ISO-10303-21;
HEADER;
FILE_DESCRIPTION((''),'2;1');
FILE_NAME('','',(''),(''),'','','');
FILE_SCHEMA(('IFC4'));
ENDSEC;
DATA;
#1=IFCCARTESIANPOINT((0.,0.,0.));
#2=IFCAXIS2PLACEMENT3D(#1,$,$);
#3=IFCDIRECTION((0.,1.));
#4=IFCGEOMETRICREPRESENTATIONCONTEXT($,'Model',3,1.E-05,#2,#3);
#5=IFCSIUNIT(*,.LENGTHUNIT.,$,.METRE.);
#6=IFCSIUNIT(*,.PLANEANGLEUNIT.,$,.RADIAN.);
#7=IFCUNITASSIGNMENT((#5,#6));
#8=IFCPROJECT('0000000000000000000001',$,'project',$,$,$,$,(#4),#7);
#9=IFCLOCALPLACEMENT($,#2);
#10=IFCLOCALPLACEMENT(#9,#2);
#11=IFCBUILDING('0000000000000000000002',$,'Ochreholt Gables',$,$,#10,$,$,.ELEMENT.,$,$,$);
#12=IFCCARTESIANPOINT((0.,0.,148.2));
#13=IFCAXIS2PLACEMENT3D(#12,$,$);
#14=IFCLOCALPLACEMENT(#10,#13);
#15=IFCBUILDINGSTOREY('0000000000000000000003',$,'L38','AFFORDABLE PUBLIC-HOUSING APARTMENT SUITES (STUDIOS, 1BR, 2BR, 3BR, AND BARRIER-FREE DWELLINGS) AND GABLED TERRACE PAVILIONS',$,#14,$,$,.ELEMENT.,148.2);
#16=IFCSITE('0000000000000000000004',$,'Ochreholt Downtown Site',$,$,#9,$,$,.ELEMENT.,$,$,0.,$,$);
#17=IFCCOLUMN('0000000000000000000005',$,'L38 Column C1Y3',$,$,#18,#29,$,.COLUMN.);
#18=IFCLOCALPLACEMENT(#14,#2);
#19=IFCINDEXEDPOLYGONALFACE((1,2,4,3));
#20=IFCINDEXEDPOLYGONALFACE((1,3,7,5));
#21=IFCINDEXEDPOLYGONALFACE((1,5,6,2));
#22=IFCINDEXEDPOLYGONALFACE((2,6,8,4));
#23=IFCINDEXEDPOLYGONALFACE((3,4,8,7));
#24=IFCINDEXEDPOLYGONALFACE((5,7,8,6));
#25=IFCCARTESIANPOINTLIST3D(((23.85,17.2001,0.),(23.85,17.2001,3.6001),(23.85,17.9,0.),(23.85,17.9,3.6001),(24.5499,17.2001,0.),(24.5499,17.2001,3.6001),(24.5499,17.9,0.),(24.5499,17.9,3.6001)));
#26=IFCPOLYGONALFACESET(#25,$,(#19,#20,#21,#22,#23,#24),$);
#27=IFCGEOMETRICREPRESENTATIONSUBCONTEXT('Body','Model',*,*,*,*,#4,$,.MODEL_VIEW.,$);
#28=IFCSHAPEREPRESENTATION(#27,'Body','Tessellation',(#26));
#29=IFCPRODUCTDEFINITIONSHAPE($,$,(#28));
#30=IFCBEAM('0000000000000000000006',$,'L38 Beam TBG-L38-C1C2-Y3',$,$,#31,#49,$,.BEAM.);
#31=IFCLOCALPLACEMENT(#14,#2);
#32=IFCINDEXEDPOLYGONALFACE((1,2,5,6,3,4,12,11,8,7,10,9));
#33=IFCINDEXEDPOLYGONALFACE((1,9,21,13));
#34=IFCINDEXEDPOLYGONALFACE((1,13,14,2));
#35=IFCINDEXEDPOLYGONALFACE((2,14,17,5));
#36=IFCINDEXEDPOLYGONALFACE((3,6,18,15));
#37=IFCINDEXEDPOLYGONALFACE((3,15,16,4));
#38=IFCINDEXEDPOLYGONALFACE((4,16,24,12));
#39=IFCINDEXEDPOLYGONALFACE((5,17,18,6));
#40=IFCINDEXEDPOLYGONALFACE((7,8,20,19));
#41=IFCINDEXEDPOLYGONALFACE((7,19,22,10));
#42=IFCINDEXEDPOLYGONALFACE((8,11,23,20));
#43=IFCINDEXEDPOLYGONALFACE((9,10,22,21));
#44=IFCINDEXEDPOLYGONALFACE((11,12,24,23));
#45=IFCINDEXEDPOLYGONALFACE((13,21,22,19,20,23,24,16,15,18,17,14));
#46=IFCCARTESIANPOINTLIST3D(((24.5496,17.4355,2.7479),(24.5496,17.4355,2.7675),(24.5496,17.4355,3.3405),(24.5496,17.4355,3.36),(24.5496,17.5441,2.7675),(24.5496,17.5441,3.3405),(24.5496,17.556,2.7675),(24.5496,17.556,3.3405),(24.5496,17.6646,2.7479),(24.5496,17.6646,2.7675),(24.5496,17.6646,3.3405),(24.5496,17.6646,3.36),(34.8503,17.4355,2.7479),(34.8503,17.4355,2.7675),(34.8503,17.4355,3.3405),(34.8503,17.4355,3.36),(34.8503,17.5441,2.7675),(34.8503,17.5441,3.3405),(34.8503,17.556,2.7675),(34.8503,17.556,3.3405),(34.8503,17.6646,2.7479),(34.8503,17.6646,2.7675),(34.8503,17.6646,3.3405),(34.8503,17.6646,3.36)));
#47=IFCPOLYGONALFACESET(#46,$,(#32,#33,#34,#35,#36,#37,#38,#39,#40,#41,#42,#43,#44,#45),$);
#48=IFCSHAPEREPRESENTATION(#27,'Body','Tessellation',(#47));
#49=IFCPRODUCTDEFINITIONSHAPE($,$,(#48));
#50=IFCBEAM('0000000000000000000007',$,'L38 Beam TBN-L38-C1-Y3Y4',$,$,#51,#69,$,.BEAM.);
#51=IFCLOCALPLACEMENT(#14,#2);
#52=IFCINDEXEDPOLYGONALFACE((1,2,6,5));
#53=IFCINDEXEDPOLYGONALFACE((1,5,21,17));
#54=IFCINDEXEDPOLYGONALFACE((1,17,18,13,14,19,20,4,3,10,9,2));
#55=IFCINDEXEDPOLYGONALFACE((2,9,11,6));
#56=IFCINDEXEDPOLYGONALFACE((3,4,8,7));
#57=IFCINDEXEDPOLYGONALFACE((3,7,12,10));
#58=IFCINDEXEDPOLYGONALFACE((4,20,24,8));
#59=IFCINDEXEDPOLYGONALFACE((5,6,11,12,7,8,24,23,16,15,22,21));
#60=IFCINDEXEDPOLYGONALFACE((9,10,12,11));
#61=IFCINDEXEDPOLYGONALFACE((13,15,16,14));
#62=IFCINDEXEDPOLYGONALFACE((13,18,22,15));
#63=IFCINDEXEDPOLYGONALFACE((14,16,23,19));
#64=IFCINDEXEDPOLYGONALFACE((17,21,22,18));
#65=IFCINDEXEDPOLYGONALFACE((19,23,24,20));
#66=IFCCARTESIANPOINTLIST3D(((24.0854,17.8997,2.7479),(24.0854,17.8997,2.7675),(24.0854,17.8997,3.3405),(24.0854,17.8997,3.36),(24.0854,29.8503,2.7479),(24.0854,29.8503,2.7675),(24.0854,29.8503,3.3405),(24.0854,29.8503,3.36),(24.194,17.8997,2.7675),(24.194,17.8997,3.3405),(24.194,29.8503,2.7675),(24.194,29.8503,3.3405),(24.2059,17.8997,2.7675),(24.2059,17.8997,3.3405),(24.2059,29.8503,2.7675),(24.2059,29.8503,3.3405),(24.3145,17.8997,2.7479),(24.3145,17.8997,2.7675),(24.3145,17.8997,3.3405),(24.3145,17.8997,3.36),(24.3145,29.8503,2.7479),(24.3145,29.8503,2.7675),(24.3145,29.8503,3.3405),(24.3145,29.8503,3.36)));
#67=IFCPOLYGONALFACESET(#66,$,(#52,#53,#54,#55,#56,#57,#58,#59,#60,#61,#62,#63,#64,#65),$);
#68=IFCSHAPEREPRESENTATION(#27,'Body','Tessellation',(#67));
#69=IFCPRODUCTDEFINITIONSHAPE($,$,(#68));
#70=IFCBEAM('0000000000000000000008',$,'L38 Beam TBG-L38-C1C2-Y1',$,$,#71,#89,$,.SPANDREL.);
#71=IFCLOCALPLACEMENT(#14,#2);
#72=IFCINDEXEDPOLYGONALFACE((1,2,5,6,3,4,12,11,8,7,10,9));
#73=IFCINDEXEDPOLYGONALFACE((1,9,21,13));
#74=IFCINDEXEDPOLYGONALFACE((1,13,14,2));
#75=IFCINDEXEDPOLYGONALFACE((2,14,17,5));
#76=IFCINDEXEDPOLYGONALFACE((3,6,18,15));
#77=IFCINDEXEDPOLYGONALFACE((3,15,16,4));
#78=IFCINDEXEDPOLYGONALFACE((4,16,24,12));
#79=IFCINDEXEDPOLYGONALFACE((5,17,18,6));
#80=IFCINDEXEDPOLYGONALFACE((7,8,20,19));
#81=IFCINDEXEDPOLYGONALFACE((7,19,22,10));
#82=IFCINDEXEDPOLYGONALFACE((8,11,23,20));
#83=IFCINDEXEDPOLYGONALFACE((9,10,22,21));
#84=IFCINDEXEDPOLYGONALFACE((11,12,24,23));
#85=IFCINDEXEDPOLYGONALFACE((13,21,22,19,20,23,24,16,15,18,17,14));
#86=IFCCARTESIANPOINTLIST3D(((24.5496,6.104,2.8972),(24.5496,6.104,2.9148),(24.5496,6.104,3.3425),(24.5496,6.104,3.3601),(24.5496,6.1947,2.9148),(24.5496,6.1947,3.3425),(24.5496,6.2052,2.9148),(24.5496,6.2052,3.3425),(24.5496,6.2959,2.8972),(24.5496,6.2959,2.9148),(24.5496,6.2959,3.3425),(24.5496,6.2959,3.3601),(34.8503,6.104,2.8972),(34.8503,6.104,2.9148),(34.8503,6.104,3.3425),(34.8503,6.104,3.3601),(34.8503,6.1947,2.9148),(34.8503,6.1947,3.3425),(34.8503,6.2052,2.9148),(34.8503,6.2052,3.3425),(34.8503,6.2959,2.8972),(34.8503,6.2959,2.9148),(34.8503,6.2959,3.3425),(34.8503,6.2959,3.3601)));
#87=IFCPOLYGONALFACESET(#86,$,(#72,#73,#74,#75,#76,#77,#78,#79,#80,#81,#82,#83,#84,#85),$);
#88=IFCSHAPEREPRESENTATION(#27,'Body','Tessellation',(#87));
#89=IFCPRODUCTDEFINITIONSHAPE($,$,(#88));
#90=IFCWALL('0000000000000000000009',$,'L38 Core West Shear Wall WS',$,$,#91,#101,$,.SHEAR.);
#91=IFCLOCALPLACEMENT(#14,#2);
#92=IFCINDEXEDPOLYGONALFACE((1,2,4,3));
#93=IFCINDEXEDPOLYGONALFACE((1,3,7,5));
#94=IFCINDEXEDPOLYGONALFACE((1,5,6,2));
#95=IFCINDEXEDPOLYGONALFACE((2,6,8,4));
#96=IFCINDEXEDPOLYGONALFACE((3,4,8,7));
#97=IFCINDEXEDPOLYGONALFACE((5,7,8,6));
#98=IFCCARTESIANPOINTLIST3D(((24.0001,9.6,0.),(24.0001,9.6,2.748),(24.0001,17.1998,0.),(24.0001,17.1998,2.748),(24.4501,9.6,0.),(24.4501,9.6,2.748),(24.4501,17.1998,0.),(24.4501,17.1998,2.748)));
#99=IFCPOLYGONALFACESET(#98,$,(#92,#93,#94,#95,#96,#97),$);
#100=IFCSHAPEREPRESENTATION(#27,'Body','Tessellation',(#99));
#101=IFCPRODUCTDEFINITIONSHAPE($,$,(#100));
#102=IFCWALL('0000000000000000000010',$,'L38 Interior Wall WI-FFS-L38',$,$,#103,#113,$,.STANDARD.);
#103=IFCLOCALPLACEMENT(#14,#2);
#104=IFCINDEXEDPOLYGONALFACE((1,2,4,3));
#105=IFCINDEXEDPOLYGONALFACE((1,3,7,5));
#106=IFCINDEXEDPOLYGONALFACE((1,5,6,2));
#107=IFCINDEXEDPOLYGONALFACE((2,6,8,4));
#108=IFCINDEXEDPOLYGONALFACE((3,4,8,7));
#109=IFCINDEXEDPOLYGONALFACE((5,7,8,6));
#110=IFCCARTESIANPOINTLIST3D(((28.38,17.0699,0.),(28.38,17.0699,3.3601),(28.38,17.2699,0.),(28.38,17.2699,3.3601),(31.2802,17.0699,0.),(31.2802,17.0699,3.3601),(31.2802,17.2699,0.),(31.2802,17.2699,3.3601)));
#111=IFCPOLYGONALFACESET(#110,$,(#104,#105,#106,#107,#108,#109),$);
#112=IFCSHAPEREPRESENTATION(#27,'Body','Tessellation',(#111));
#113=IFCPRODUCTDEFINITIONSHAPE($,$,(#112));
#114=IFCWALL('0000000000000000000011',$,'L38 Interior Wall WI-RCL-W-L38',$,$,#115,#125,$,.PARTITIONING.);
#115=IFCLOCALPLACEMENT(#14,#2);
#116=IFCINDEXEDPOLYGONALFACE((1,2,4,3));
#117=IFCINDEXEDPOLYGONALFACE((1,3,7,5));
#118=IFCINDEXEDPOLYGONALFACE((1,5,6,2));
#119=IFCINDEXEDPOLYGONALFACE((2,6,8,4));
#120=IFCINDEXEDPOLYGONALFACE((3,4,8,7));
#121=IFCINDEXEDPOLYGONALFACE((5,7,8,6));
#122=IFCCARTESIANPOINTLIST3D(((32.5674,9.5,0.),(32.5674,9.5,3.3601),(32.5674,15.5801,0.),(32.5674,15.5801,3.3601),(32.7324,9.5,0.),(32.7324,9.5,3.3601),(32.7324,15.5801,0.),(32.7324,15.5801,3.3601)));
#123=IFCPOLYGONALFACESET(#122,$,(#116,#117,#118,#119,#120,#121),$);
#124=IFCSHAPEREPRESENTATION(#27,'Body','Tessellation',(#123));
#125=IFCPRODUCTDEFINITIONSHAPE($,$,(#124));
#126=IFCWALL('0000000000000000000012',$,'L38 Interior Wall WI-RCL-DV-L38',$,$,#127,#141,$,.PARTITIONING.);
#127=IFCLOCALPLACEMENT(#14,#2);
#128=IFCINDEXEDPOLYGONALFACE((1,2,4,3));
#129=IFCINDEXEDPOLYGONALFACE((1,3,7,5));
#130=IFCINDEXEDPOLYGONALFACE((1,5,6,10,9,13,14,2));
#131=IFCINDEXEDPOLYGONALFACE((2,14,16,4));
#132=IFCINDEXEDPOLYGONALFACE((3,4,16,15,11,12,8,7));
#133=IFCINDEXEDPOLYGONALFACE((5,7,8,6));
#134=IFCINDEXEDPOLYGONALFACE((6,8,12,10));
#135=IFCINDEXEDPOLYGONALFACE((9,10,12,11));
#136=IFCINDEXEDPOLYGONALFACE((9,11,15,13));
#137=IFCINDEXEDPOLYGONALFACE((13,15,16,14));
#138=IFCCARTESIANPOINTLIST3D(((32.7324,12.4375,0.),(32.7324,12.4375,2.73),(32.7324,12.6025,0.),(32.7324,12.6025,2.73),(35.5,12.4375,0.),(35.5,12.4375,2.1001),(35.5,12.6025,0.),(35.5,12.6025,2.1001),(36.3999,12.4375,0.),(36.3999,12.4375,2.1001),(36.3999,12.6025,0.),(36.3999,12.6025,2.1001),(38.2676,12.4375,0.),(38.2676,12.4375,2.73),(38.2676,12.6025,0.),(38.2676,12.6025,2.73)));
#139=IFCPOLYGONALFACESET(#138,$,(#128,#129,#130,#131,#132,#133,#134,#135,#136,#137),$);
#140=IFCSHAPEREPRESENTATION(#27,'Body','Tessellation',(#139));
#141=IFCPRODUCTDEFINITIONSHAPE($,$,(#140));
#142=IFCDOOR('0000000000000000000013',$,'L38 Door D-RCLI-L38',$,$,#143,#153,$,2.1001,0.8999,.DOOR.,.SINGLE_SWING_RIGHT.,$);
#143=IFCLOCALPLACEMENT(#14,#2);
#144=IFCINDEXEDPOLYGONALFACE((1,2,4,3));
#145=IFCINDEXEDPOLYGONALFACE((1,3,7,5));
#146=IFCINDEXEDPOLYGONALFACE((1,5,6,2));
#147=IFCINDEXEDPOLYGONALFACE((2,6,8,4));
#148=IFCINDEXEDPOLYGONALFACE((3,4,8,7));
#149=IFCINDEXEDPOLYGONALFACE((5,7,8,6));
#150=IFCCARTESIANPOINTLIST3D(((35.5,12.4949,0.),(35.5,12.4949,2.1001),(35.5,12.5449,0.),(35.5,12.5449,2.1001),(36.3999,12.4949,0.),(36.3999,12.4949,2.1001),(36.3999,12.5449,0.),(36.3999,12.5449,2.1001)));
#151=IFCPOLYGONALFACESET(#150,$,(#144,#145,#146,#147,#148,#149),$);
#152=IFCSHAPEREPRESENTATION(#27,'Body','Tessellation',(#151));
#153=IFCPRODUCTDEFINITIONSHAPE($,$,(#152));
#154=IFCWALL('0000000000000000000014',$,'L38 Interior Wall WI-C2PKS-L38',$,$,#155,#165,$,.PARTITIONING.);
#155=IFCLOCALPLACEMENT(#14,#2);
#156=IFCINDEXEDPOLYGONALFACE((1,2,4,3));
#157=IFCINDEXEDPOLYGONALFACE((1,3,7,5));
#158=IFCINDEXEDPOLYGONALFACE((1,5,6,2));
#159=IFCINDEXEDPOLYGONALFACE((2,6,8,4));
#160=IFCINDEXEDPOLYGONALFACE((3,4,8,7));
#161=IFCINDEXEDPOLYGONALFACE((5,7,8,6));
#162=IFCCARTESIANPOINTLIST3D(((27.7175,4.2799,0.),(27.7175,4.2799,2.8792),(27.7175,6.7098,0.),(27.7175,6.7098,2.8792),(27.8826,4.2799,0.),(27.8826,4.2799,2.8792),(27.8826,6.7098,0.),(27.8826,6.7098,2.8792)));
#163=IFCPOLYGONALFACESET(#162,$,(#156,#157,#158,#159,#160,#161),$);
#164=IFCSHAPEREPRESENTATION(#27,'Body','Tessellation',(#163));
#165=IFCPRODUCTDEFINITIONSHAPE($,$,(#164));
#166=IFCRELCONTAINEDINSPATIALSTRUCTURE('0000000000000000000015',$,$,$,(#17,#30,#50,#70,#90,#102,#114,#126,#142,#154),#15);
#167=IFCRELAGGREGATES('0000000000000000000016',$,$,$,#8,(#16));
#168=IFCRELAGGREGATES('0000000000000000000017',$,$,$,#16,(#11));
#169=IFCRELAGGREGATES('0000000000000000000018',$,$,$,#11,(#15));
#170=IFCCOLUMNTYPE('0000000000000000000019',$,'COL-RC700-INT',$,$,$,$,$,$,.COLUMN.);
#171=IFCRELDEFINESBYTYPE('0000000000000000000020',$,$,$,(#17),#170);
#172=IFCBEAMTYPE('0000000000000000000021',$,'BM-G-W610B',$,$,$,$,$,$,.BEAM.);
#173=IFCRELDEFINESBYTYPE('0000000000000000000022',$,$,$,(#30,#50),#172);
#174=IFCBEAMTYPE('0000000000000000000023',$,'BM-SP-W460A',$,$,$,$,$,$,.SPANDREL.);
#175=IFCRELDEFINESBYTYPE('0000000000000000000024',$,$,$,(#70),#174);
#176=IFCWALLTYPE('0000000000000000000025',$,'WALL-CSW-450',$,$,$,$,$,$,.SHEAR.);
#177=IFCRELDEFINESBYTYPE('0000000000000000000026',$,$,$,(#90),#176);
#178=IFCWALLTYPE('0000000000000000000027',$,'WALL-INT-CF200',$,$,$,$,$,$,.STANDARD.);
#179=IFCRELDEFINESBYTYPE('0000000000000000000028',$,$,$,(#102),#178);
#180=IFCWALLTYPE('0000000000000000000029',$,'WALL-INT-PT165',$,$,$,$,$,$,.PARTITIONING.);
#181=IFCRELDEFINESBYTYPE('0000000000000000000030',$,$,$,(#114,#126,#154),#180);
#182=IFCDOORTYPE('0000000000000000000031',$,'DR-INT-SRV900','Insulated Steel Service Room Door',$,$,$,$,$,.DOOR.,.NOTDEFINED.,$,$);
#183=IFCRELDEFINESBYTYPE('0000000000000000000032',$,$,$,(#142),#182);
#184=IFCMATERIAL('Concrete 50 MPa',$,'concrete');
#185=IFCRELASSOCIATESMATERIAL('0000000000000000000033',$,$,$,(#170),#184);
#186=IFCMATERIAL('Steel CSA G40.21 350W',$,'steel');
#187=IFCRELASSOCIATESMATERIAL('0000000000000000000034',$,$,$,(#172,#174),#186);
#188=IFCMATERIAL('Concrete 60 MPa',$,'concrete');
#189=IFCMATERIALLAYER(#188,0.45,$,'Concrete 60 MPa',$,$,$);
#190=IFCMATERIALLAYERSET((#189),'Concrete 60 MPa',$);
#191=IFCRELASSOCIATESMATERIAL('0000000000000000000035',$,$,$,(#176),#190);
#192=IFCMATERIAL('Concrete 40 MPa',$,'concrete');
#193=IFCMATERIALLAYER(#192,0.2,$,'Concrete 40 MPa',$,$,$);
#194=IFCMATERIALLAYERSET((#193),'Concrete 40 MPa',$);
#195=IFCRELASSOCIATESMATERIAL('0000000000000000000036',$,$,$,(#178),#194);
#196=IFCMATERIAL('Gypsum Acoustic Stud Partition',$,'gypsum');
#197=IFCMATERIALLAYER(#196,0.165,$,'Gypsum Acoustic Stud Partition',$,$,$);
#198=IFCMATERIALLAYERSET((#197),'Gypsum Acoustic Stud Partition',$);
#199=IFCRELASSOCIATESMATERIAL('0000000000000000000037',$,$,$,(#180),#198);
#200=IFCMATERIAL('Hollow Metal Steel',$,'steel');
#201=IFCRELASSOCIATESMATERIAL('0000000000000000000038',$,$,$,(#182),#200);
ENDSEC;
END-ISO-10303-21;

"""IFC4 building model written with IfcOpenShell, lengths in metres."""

from ifc_helpers import new_model, si_unit, direction, frame, frame_2d, origin, origin_2d, place, context, subcontext, project, spatial, rectangle, i_section, extrude, material, layer, layer_set, material_profile, profile_set, type_object, element, fill, save


model = new_model("IFC4")

# Units and contexts
model_context = context("Model", 3, precision=1e-05, world=origin(), true_north=direction((0.0, 1.0)))
body_context = subcontext(model_context, "Body", "Model", "MODEL_VIEW")
ifc_project = project(units=[si_unit("LENGTHUNIT", "METRE"), si_unit("PLANEANGLEUNIT", "RADIAN")], contexts=[model_context])

# Site, building, storey
site_placement = place(None, origin())
site = spatial("IfcSite", under=ifc_project, at=site_placement, Name="Ochreholt Downtown Site", CompositionType="ELEMENT", RefElevation=0.0)
building_placement = place(site_placement, origin())
building = spatial("IfcBuilding", under=site, at=building_placement, Name="Ochreholt Gables", CompositionType="ELEMENT")
storey_placement = place(building_placement, frame((0.0, 0.0, 148.2)))
storey = spatial("IfcBuildingStorey", under=building, at=storey_placement, Name="L38", Description="AFFORDABLE PUBLIC-HOUSING APARTMENT SUITES (STUDIOS, 1BR, 2BR, 3BR, AND BARRIER-FREE DWELLINGS) AND GABLED TERRACE PAVILIONS", CompositionType="ELEMENT", Elevation=148.2)

# Column
ifc_material_1 = material(Name="Concrete 50 MPa", Category="concrete")
ifc_material_profile_1 = material_profile(ifc_material_1, rectangle(XDim=0.7, YDim=0.7, at=origin_2d()), Name="RC700X700")
ifc_profile_set_1 = profile_set([ifc_material_profile_1], Name="Concrete 50 MPa")
column_type = type_object("IfcColumnType", Name="COL-RC700-INT", PredefinedType="COLUMN", material=ifc_profile_set_1)
column_placement = place(storey_placement, frame((24.2, 17.55, 0.0), z_axis=(0.0, 0.0, 1.0), x_axis=(1.0, 0.0, 0.0)))
element("IfcColumn", 1, at=column_placement, inside=storey, type_object=column_type, Name="L38 Column C1Y3", PredefinedType="COLUMN", context=body_context, shape_type="SweptSolid", body=[
    extrude(rectangle(XDim=0.7, YDim=0.7, at=origin_2d()), origin(), (0.0, 0.0, 1.0), 3.6001),
])

# Beams
ifc_material_2 = material(Name="Steel CSA G40.21 350W", Category="steel")
ifc_material_profile_2 = material_profile(ifc_material_2, i_section(OverallWidth=0.229, OverallDepth=0.6121, WebThickness=0.012, FlangeThickness=0.0195, at=origin_2d()), Name="W610X125")
ifc_profile_set_2 = profile_set([ifc_material_profile_2], Name="Steel CSA G40.21 350W")
beam_type_1 = type_object("IfcBeamType", Name="BM-G-W610B", PredefinedType="BEAM", material=ifc_profile_set_2)
beam_1_placement = place(storey_placement, frame((24.5496, 17.55, 3.054), z_axis=(1.0, 0.0, 0.0), x_axis=(0.0, 1.0, 0.0)))
element("IfcBeam", 2, at=beam_1_placement, inside=storey, type_object=beam_type_1, Name="L38 Beam TBG-L38-C1C2-Y3", PredefinedType="BEAM", context=body_context, shape_type="SweptSolid", body=[
    extrude(i_section(OverallWidth=0.229, OverallDepth=0.6121, WebThickness=0.012, FlangeThickness=0.0195, at=origin_2d()), origin(), (0.0, 0.0, 1.0), 10.3008),
])
beam_2_placement = place(storey_placement, frame((24.2, 17.8997, 3.054), z_axis=(0.0, 1.0, 0.0), x_axis=(-1.0, 0.0, 0.0)))
element("IfcBeam", 3, at=beam_2_placement, inside=storey, type_object=beam_type_1, Name="L38 Beam TBN-L38-C1-Y3Y4", PredefinedType="BEAM", context=body_context, shape_type="SweptSolid", body=[
    extrude(i_section(OverallWidth=0.229, OverallDepth=0.6121, WebThickness=0.012, FlangeThickness=0.0195, at=origin_2d()), origin(), (0.0, 0.0, 1.0), 11.9507),
])
ifc_material_profile_3 = material_profile(ifc_material_2, i_section(OverallWidth=0.1919, OverallDepth=0.4629, WebThickness=0.0105, FlangeThickness=0.0176, at=origin_2d()), Name="W460X89")
ifc_profile_set_3 = profile_set([ifc_material_profile_3], Name="Steel CSA G40.21 350W")
beam_type_2 = type_object("IfcBeamType", Name="BM-SP-W460A", PredefinedType="SPANDREL", material=ifc_profile_set_3)
beam_3_placement = place(storey_placement, frame((24.5496, 6.2, 3.1287), z_axis=(1.0, 0.0, 0.0), x_axis=(0.0, 1.0, 0.0)))
element("IfcBeam", 4, at=beam_3_placement, inside=storey, type_object=beam_type_2, Name="L38 Beam TBG-L38-C1C2-Y1", PredefinedType="SPANDREL", context=body_context, shape_type="SweptSolid", body=[
    extrude(i_section(OverallWidth=0.1919, OverallDepth=0.4629, WebThickness=0.0105, FlangeThickness=0.0176, at=origin_2d()), origin(), (0.0, 0.0, 1.0), 10.3008),
])

# Shared definitions
ifc_material_3 = material(Name="Hollow Metal Steel", Category="steel")

# Walls
ifc_material_4 = material(Name="Concrete 60 MPa", Category="concrete")
ifc_layer_1 = layer(ifc_material_4, 0.45, Name="Concrete 60 MPa")
ifc_layer_set_1 = layer_set([ifc_layer_1], Name="Concrete 60 MPa")
wall_type_1 = type_object("IfcWallType", Name="WALL-CSW-450", PredefinedType="SHEAR", material=ifc_layer_set_1)
wall_1_placement = place(storey_placement, frame((24.2251, 9.6001, 0.0), z_axis=(0.0, 0.0, 1.0), x_axis=(0.0, 1.0, 0.0)))
element("IfcWall", 5, at=wall_1_placement, inside=storey, type_object=wall_type_1, Name="L38 Core West Shear Wall WS", PredefinedType="SHEAR", context=body_context, shape_type="SweptSolid", body=[
    extrude(rectangle(XDim=7.5999, YDim=0.45, at=frame_2d((3.7998, 0.0))), origin(), (0.0, 0.0, 1.0), 2.748),
])
ifc_material_5 = material(Name="Concrete 40 MPa", Category="concrete")
ifc_layer_2 = layer(ifc_material_5, 0.2, Name="Concrete 40 MPa")
ifc_layer_set_2 = layer_set([ifc_layer_2], Name="Concrete 40 MPa")
wall_type_2 = type_object("IfcWallType", Name="WALL-INT-CF200", PredefinedType="STANDARD", material=ifc_layer_set_2)
wall_2_placement = place(storey_placement, frame((28.3799, 17.1699, 0.0), z_axis=(0.0, 0.0, 1.0), x_axis=(1.0, 0.0, 0.0)))
element("IfcWall", 6, at=wall_2_placement, inside=storey, type_object=wall_type_2, Name="L38 Interior Wall WI-FFS-L38", PredefinedType="STANDARD", context=body_context, shape_type="SweptSolid", body=[
    extrude(rectangle(XDim=2.9001, YDim=0.2, at=frame_2d((1.4502, 0.0))), origin(), (0.0, 0.0, 1.0), 3.3601),
])

# Wall
ifc_material_6 = material(Name="Gypsum Acoustic Stud Partition", Category="gypsum")
ifc_layer_3 = layer(ifc_material_6, 0.165, Name="Gypsum Acoustic Stud Partition")
ifc_layer_set_3 = layer_set([ifc_layer_3], Name="Gypsum Acoustic Stud Partition")
wall_type_3 = type_object("IfcWallType", Name="WALL-INT-PT165", PredefinedType="PARTITIONING", material=ifc_layer_set_3)
wall_3_placement = place(storey_placement, frame((32.6499, 9.5, 0.0), z_axis=(0.0, 0.0, 1.0), x_axis=(0.0, 1.0, 0.0)))
element("IfcWall", 7, at=wall_3_placement, inside=storey, type_object=wall_type_3, Name="L38 Interior Wall WI-RCL-W-L38", PredefinedType="PARTITIONING", context=body_context, shape_type="SweptSolid", body=[
    extrude(rectangle(XDim=6.0801, YDim=0.165, at=frame_2d((3.04, 0.0))), origin(), (0.0, 0.0, 1.0), 3.3601),
])

# Wall, opening, door
wall_4_placement = place(storey_placement, frame((32.7324, 12.52, 0.0), z_axis=(0.0, 0.0, 1.0), x_axis=(1.0, 0.0, 0.0)))
wall_4 = element("IfcWall", 8, at=wall_4_placement, inside=storey, type_object=wall_type_3, Name="L38 Interior Wall WI-RCL-DV-L38", PredefinedType="PARTITIONING", context=body_context, shape_type="SweptSolid", body=[
    extrude(rectangle(XDim=5.5352, YDim=0.165, at=frame_2d((2.7676, 0.0))), origin(), (0.0, 0.0, 1.0), 2.73),
])
opening_1_placement = place(wall_4_placement, frame((2.7676, 0.0, 0.0)))
opening_1 = element("IfcOpeningElement", 9, at=opening_1_placement, cuts=wall_4, PredefinedType="OPENING", context=body_context, shape_type="SweptSolid", body=[
    extrude(rectangle(XDim=0.8999, YDim=2.1001, at=frame_2d((0.45, 1.05))), frame((0.0, 0.0925, 0.0), z_axis=(0.0, -1.0, 0.0), x_axis=(1.0, 0.0, 0.0)), (0.0, 0.0, 1.0), 0.1851),
])
door_type_1 = type_object("IfcDoorType", Name="DR-INT-SRV900", Description="Insulated Steel Service Room Door", OperationType="NOTDEFINED", PredefinedType="DOOR", material=ifc_material_3)
door_1_placement = place(opening_1_placement, origin())
door_1 = element("IfcDoor", 10, at=door_1_placement, inside=storey, type_object=door_type_1, Name="L38 Door D-RCLI-L38", OperationType="SINGLE_SWING_RIGHT", OverallHeight=2.1001, OverallWidth=0.8999, PredefinedType="DOOR", context=body_context, shape_type="SweptSolid", body=[
    extrude(rectangle(XDim=0.8999, YDim=2.1001, at=frame_2d((0.45, 1.05))), frame((0.0, 0.0249, 0.0), z_axis=(0.0, -1.0, 0.0), x_axis=(1.0, 0.0, 0.0)), (0.0, 0.0, 1.0), 0.05),
])
fill(opening_1, door_1)

# Wall
wall_5_placement = place(storey_placement, frame((27.8, 4.28, 0.0), z_axis=(0.0, 0.0, 1.0), x_axis=(0.0, 1.0, 0.0)))
element("IfcWall", 11, at=wall_5_placement, inside=storey, type_object=wall_type_3, Name="L38 Interior Wall WI-C2PKS-L38", PredefinedType="PARTITIONING", context=body_context, shape_type="SweptSolid", body=[
    extrude(rectangle(XDim=2.4299, YDim=0.165, at=frame_2d((1.2148, 0.0))), origin(), (0.0, 0.0, 1.0), 2.8792),
])

save(model, "model.ifc")
